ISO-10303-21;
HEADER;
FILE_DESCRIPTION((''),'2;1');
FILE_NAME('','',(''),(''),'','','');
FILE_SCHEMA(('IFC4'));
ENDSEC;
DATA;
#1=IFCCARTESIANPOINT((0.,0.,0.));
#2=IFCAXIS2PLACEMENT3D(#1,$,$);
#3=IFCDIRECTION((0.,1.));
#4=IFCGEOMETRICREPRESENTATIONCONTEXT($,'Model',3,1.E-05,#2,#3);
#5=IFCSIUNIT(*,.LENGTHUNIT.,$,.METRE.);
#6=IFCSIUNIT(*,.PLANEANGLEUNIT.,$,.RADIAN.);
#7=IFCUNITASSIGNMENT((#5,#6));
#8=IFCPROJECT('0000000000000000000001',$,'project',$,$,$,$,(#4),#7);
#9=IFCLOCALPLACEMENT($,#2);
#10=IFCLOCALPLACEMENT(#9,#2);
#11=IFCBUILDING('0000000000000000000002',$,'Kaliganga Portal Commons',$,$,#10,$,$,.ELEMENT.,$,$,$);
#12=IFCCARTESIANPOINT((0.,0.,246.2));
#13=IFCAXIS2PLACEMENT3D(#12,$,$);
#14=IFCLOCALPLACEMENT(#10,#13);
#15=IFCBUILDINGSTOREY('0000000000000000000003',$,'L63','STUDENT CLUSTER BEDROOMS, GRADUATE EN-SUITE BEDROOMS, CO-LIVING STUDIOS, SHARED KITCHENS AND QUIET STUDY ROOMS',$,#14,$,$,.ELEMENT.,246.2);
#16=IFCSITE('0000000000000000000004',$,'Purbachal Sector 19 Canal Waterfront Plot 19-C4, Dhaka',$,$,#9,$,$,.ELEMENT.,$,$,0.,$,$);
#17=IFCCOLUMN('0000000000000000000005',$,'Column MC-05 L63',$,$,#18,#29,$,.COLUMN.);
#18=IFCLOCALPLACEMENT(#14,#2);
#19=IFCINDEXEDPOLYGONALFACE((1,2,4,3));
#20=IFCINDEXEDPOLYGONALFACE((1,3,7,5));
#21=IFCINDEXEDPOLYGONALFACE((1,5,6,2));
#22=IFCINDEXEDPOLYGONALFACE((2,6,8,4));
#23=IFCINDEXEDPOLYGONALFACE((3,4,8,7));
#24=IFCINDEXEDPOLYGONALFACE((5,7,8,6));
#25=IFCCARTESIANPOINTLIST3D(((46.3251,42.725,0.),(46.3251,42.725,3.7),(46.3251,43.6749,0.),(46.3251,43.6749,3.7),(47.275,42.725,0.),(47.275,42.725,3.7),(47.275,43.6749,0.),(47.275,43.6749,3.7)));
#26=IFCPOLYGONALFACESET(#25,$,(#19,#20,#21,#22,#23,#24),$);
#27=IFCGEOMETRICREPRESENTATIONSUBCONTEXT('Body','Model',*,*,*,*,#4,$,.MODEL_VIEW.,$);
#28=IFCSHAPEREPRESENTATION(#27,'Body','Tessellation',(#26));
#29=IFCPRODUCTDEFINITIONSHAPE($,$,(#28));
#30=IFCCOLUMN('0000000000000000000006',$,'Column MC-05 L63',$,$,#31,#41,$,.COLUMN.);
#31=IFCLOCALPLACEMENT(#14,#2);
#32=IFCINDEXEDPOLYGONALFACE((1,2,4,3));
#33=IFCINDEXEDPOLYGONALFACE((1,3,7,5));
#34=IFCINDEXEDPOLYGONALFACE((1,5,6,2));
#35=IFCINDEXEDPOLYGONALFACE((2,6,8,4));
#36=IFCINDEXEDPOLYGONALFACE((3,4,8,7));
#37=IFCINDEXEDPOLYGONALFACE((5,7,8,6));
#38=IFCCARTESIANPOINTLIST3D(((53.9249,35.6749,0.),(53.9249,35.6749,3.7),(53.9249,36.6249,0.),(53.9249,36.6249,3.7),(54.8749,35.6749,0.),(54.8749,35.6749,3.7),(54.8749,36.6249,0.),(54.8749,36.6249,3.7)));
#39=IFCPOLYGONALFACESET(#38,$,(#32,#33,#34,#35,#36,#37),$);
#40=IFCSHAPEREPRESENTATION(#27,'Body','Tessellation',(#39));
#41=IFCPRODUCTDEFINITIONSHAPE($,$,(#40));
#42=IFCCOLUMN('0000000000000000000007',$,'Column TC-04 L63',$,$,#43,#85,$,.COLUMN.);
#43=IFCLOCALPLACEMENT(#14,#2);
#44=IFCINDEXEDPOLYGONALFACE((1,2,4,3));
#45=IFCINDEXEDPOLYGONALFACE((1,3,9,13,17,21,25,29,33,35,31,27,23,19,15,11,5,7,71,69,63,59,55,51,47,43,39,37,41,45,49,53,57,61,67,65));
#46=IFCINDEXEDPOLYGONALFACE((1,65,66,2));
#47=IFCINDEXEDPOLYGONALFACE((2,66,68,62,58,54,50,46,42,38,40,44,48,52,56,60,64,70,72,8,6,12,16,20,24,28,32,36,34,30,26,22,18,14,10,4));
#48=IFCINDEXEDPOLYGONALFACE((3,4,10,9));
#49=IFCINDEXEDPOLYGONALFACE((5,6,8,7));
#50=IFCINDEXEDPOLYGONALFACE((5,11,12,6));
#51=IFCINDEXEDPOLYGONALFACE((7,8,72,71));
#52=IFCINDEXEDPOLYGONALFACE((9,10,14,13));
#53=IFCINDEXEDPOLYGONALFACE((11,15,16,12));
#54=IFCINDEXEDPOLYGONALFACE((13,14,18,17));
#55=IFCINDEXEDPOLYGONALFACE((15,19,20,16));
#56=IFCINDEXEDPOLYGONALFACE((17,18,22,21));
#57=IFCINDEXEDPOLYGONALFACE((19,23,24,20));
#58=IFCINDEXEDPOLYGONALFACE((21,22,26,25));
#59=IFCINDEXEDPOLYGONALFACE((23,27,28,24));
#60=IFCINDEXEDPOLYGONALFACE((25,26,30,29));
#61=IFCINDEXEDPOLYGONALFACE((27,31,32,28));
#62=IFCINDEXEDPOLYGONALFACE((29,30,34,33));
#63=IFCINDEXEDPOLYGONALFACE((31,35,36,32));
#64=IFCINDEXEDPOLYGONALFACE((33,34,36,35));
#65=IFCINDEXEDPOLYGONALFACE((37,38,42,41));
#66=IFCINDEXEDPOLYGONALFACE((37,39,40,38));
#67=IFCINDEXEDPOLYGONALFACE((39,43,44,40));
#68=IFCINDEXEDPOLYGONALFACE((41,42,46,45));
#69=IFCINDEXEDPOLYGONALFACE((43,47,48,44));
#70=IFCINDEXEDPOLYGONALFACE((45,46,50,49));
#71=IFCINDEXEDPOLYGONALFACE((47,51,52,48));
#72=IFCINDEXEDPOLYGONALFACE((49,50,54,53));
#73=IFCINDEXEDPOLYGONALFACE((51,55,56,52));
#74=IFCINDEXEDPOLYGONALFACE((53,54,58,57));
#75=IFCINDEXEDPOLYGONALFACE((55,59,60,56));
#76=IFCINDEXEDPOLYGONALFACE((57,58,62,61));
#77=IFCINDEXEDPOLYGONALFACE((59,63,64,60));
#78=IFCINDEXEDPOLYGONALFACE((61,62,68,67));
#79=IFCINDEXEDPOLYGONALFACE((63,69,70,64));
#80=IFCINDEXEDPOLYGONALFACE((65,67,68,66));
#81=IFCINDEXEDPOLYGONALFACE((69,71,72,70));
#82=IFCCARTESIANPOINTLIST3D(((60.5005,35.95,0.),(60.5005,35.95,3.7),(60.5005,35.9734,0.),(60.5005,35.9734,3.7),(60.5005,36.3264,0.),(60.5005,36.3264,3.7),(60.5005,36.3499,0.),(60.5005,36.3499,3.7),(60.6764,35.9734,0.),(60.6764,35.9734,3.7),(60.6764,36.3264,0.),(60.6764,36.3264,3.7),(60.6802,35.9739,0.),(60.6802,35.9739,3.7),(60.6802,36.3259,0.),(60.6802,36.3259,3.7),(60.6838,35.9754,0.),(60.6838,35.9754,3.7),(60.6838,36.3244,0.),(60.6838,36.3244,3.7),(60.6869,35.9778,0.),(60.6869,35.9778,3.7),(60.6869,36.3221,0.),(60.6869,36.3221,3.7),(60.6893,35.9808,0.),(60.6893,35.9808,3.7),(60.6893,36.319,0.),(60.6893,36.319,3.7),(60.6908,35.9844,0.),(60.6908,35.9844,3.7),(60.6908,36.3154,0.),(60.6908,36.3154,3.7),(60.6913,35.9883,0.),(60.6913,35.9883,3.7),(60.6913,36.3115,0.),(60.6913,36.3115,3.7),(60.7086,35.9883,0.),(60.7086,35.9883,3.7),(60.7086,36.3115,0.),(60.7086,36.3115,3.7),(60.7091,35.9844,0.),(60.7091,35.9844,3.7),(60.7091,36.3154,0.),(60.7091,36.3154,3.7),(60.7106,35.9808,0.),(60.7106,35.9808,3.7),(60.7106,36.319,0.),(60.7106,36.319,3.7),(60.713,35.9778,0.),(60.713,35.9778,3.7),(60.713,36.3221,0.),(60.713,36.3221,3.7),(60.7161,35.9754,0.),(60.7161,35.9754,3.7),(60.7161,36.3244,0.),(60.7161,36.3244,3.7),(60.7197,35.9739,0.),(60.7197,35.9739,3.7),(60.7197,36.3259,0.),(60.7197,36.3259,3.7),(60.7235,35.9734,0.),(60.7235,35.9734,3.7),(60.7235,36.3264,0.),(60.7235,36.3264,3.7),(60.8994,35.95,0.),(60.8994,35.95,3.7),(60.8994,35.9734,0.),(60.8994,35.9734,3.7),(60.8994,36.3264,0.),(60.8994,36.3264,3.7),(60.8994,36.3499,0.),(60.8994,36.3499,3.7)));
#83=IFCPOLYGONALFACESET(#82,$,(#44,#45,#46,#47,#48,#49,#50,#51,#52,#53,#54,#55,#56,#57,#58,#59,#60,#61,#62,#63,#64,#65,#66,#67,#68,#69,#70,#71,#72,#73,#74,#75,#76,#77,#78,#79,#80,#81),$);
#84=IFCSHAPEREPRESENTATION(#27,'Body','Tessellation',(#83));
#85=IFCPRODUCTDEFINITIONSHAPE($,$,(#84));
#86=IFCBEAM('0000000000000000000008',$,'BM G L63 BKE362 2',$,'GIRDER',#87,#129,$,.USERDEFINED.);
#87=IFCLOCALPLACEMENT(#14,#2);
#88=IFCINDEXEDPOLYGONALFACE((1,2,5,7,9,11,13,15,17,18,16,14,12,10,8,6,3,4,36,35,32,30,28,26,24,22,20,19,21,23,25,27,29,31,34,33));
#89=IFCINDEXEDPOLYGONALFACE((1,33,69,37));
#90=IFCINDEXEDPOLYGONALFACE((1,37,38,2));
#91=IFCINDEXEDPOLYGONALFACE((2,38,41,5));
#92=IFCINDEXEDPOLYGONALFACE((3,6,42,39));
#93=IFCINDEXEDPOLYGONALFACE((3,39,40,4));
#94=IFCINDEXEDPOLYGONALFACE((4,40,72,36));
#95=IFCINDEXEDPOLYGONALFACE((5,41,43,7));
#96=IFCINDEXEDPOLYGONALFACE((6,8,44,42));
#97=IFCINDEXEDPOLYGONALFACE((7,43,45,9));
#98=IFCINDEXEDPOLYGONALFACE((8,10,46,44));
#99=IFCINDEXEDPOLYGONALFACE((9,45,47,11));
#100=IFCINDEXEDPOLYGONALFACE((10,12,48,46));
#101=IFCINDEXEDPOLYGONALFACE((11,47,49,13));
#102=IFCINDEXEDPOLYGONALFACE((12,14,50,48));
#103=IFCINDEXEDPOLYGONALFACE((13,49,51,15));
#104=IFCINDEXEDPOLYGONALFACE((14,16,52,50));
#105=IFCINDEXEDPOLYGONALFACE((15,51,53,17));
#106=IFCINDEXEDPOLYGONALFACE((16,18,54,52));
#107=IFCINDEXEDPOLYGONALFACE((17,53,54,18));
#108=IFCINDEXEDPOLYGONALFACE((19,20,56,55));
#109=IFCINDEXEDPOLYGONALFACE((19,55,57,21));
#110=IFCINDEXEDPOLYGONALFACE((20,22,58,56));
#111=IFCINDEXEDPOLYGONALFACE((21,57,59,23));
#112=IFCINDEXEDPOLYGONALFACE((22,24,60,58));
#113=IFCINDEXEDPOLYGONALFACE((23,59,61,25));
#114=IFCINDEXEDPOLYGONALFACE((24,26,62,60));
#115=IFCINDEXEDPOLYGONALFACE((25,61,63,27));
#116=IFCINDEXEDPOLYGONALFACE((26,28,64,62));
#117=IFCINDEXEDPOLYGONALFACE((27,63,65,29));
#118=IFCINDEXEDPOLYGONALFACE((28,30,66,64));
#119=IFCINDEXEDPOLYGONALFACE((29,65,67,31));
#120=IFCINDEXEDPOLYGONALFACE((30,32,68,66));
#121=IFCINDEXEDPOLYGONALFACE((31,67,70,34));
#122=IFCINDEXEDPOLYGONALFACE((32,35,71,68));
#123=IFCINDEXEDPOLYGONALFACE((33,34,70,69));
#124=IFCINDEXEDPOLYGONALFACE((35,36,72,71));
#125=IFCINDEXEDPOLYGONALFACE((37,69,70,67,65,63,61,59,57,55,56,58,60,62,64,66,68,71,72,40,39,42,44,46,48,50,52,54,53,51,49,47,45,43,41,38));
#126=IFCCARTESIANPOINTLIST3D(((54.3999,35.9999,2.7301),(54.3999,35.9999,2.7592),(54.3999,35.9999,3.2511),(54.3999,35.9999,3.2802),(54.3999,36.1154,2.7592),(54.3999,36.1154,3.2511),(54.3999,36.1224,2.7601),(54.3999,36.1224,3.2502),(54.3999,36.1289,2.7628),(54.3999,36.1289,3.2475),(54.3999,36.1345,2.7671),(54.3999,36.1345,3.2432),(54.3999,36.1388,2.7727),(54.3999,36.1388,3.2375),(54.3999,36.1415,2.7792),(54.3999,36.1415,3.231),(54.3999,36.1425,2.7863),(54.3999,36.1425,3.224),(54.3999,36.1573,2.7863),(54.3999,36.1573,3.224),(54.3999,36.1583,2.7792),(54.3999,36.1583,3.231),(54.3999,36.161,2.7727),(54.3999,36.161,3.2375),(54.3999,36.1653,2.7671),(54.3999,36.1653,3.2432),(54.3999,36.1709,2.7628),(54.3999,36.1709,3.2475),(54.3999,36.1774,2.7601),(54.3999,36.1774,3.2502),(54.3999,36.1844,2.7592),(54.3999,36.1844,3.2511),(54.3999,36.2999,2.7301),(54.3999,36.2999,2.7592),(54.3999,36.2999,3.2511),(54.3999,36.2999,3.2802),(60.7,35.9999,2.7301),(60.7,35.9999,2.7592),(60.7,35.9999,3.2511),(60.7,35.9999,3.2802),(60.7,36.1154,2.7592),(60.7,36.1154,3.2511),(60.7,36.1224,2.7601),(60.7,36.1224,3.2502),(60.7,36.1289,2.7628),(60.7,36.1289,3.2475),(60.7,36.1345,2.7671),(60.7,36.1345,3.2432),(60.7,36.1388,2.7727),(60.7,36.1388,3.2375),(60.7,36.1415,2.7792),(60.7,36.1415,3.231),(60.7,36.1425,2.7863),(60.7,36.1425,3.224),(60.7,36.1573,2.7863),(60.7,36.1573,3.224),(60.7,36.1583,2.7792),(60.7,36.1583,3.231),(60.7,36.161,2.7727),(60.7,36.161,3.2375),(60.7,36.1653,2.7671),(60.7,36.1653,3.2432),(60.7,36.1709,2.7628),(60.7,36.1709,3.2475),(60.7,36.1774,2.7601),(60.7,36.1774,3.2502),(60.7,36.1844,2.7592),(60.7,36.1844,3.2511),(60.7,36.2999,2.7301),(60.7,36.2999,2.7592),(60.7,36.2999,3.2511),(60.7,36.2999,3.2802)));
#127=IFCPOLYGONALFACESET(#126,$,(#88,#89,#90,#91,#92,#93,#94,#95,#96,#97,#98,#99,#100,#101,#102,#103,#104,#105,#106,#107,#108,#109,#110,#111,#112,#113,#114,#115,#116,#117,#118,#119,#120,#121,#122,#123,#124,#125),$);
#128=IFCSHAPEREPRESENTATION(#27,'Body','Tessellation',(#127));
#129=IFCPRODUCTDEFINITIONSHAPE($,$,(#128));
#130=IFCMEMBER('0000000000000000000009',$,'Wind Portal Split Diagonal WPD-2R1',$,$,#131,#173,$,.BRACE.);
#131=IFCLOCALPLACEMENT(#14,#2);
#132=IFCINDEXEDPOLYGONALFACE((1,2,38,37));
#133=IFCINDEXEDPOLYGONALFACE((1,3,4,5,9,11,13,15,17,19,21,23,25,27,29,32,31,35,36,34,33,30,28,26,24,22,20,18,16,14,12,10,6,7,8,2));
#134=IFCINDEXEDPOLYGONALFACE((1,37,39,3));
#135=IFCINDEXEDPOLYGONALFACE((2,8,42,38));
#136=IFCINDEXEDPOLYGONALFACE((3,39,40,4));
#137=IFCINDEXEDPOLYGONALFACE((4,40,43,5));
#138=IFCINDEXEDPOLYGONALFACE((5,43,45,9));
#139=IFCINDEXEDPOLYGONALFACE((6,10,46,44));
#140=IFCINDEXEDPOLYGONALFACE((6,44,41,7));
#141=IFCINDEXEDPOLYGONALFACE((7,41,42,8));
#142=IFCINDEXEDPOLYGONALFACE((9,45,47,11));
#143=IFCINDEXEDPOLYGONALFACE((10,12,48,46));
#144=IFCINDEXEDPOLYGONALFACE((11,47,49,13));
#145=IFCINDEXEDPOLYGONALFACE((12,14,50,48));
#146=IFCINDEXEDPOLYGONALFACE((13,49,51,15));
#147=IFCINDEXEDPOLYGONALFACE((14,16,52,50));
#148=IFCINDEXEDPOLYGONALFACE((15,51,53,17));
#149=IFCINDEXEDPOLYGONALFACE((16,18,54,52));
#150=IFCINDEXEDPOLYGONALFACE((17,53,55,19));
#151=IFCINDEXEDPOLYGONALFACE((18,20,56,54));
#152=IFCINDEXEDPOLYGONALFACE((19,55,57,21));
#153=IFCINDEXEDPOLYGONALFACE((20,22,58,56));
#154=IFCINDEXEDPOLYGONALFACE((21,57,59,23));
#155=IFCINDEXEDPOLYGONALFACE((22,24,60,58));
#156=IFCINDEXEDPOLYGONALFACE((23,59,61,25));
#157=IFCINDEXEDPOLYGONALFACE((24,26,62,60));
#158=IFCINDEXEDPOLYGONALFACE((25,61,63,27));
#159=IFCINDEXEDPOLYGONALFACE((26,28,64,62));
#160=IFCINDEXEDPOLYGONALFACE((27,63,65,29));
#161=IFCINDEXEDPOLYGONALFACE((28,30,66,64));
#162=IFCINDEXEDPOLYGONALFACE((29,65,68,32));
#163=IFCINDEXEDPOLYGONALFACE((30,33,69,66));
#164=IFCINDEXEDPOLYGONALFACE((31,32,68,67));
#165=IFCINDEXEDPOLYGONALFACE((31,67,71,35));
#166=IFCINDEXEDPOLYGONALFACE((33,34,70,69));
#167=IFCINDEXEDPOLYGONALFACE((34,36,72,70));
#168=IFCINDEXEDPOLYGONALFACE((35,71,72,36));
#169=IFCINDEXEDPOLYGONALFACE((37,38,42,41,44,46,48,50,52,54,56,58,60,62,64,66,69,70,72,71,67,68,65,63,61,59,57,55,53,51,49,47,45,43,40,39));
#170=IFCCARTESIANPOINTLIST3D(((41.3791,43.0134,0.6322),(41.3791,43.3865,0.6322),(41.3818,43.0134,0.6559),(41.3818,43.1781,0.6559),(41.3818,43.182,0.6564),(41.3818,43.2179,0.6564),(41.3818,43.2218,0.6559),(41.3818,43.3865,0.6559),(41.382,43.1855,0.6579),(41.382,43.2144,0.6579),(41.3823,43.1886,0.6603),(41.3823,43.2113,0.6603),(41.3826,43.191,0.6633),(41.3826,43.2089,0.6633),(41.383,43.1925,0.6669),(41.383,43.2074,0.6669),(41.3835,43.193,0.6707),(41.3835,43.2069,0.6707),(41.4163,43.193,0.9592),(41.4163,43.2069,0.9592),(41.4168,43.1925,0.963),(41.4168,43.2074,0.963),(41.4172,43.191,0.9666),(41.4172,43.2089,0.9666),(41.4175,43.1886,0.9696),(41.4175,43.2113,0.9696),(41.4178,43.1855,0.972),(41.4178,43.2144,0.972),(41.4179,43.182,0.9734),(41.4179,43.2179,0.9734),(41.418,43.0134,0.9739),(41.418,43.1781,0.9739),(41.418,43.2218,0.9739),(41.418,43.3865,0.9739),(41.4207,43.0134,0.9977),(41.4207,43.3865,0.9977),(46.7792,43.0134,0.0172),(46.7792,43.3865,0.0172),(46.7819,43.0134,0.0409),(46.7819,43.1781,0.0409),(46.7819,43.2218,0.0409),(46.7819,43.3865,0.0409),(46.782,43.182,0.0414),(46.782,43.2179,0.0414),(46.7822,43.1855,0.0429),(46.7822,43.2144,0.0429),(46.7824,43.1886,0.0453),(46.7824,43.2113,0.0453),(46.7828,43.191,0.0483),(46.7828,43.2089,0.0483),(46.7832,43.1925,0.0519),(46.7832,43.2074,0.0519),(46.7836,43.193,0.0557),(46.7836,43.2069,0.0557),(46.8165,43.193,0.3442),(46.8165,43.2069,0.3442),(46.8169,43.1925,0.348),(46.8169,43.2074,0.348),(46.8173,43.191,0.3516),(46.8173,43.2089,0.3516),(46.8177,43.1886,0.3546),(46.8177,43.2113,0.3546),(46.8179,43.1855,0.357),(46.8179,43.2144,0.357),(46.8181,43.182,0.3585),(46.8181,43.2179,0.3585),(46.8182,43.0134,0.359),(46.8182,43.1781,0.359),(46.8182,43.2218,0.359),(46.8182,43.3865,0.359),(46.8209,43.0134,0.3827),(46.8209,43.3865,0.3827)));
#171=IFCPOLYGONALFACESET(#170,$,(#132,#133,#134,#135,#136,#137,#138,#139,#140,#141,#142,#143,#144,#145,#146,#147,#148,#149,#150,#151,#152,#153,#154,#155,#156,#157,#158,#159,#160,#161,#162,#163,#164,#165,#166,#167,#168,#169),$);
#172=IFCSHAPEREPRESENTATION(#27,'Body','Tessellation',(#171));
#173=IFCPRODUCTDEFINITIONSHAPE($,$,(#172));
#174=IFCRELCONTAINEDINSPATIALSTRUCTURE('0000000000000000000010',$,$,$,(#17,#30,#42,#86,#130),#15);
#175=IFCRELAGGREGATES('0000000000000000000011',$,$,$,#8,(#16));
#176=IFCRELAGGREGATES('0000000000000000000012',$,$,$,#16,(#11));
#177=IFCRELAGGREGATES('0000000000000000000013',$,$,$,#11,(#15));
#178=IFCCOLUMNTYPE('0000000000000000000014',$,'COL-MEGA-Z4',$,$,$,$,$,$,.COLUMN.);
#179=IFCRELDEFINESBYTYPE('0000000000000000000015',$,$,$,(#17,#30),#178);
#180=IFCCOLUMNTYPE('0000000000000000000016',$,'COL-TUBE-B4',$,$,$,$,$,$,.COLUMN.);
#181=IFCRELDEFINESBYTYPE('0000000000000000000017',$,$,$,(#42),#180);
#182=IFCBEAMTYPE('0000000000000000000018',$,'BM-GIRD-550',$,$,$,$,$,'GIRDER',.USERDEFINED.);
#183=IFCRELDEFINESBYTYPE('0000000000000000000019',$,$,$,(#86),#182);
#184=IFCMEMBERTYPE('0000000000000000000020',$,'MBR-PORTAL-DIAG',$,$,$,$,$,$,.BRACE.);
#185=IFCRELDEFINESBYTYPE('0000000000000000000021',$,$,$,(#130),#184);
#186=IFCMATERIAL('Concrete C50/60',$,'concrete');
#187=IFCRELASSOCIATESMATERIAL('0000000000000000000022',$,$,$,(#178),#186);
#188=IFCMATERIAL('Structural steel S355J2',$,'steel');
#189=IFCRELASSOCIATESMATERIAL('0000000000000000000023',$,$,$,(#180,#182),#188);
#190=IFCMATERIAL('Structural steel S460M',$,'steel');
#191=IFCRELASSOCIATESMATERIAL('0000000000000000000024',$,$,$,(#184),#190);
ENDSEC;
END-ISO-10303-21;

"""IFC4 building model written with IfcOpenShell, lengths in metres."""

from ifc_helpers import new_model, si_unit, direction, frame, origin, origin_2d, place, context, subcontext, project, spatial, rectangle, i_section, extrude, source, transform, mapped, material, material_profile, profile_set, type_object, element, save


model = new_model("IFC4")

# Units and contexts
model_context = context("Model", 3, precision=1e-05, world=origin(), true_north=direction((0.0, 1.0)))
body_context = subcontext(model_context, "Body", "Model", "MODEL_VIEW")
ifc_project = project(units=[si_unit("LENGTHUNIT", "METRE"), si_unit("PLANEANGLEUNIT", "RADIAN")], contexts=[model_context])

# Site, building, storey
site_placement = place(None, origin())
site = spatial("IfcSite", under=ifc_project, at=site_placement, Name="Purbachal Sector 19 Canal Waterfront Plot 19-C4, Dhaka", CompositionType="ELEMENT", RefElevation=0.0)
building_placement = place(site_placement, origin())
building = spatial("IfcBuilding", under=site, at=building_placement, Name="Kaliganga Portal Commons", CompositionType="ELEMENT")
storey_placement = place(building_placement, frame((0.0, 0.0, 246.2)))
storey = spatial("IfcBuildingStorey", under=building, at=storey_placement, Name="L63", Description="STUDENT CLUSTER BEDROOMS, GRADUATE EN-SUITE BEDROOMS, CO-LIVING STUDIOS, SHARED KITCHENS AND QUIET STUDY ROOMS", CompositionType="ELEMENT", Elevation=246.2)

# Columns
ifc_material_1 = material(Name="Concrete C50/60", Category="concrete")
ifc_material_profile_1 = material_profile(ifc_material_1, rectangle(XDim=0.95, YDim=0.95, at=origin_2d()), Name="RC 950x950")
ifc_profile_set_1 = profile_set([ifc_material_profile_1], Name="Concrete C50/60")
column_type_1 = type_object("IfcColumnType", Name="COL-MEGA-Z4", PredefinedType="COLUMN", material=ifc_profile_set_1)
shared_shape_1 = source(origin(), body_context, "Body", "SweptSolid", [
    extrude(rectangle(XDim=0.95, YDim=0.95, at=origin_2d()), origin(), (0.0, 0.0, 1.0), 3.7),
])
for number, where, z_axis, x_axis, name in (
    (1, (46.8, 43.2, 0.0), (0.0, 0.0, 1.0), (1.0, 0.0, 0.0), "Column MC-05 L63"),
    (2, (54.3999, 36.1499, 0.0), (0.0, 0.0, 1.0), (1.0, 0.0, 0.0), "Column MC-05 L63"),
):
    element("IfcColumn", number, at=place(storey_placement, frame(where, z_axis=z_axis, x_axis=x_axis)), inside=storey, type_object=column_type_1, Name=name, PredefinedType="COLUMN", context=body_context, shape_type="MappedRepresentation", body=[
        mapped(shared_shape_1, transform((0.0, 0.0, 0.0), x_axis=(1.0, 0.0, 0.0), y_axis=(0.0, 1.0, 0.0), z_axis=(0.0, 0.0, 1.0), scale=1.0)),
    ])
ifc_material_2 = material(Name="Structural steel S355J2", Category="steel")
ifc_material_profile_2 = material_profile(ifc_material_2, i_section(OverallWidth=0.3989, OverallDepth=0.3999, WebThickness=0.0173, FlangeThickness=0.0234, FilletRadius=0.0149, at=origin_2d()), Name="HD 400x287")
ifc_profile_set_2 = profile_set([ifc_material_profile_2], Name="Structural steel S355J2 wide-flange")
column_type_2 = type_object("IfcColumnType", Name="COL-TUBE-B4", PredefinedType="COLUMN", material=ifc_profile_set_2)
shared_shape_2 = source(origin(), body_context, "Body", "SweptSolid", [
    extrude(i_section(OverallWidth=0.3989, OverallDepth=0.3999, WebThickness=0.0173, FlangeThickness=0.0234, FilletRadius=0.0149, at=origin_2d()), origin(), (0.0, 0.0, 1.0), 3.7),
])
column_placement = place(storey_placement, frame((60.7, 36.1499, 0.0), z_axis=(0.0, 0.0, 1.0), x_axis=(1.0, 0.0, 0.0)))
element("IfcColumn", 3, at=column_placement, inside=storey, type_object=column_type_2, Name="Column TC-04 L63", PredefinedType="COLUMN", context=body_context, shape_type="MappedRepresentation", body=[
    mapped(shared_shape_2, transform((0.0, 0.0, 0.0), x_axis=(1.0, 0.0, 0.0), y_axis=(0.0, 1.0, 0.0), z_axis=(0.0, 0.0, 1.0), scale=1.0)),
])

# Beam
ifc_material_profile_3 = material_profile(ifc_material_2, i_section(OverallWidth=0.3, OverallDepth=0.55, WebThickness=0.0149, FlangeThickness=0.0291, FilletRadius=0.0271, at=origin_2d()), Name="HE 550 B")
ifc_profile_set_3 = profile_set([ifc_material_profile_3], Name="Structural steel S355J2 wide-flange")
beam_type = type_object("IfcBeamType", Name="BM-GIRD-550", ElementType="GIRDER", PredefinedType="USERDEFINED", material=ifc_profile_set_3)
shared_shape_3 = source(origin(), body_context, "Body", "SweptSolid", [
    extrude(i_section(OverallWidth=0.3, OverallDepth=0.55, WebThickness=0.0149, FlangeThickness=0.0291, FilletRadius=0.0271, at=origin_2d()), origin(), (0.0, 0.0, 1.0), 6.3),
])
beam_placement = place(storey_placement, frame((54.3999, 36.1499, 3.0051), z_axis=(1.0, 0.0, 0.0), x_axis=(0.0, 1.0, 0.0)))
element("IfcBeam", 4, at=beam_placement, inside=storey, type_object=beam_type, Name="BM G L63 BKE362 2", ObjectType="GIRDER", PredefinedType="USERDEFINED", context=body_context, shape_type="MappedRepresentation", body=[
    mapped(shared_shape_3, transform((0.0, 0.0, 0.0), x_axis=(1.0, 0.0, 0.0), y_axis=(0.0, 1.0, 0.0), z_axis=(0.0, 0.0, 1.0), scale=1.0)),
])

# Member
ifc_material_3 = material(Name="Structural steel S460M", Category="steel")
ifc_material_profile_4 = material_profile(ifc_material_3, i_section(OverallWidth=0.373, OverallDepth=0.3679, WebThickness=0.0139, FlangeThickness=0.0239, FilletRadius=0.0149, at=origin_2d()), Name="HD 360x179")
ifc_profile_set_4 = profile_set([ifc_material_profile_4], Name="Structural steel S460M wide-flange")
member_type_1 = type_object("IfcMemberType", Name="MBR-PORTAL-DIAG", PredefinedType="BRACE", material=ifc_profile_set_4)
shared_shape_4 = source(origin(), body_context, "Body", "SweptSolid", [
    extrude(i_section(OverallWidth=0.373, OverallDepth=0.3679, WebThickness=0.0139, FlangeThickness=0.0239, FilletRadius=0.0149, at=origin_2d()), origin(), (0.0, 0.0, 1.0), 5.4351),
])
member_1_placement = place(storey_placement, frame((46.8, 43.2, 0.2), z_axis=(-0.993578, 0.0, 0.113153), x_axis=(0.0, -1.0, 0.0)))
element("IfcMember", 5, at=member_1_placement, inside=storey, type_object=member_type_1, Name="Wind Portal Split Diagonal WPD-2R1", PredefinedType="BRACE", context=body_context, shape_type="MappedRepresentation", body=[
    mapped(shared_shape_4, transform((0.0, 0.0, 0.0), x_axis=(1.0, 0.0, 0.0), y_axis=(0.0, 1.0, 0.0), z_axis=(0.0, 0.0, 1.0), scale=1.0)),
])

save(model, "model.ifc")
